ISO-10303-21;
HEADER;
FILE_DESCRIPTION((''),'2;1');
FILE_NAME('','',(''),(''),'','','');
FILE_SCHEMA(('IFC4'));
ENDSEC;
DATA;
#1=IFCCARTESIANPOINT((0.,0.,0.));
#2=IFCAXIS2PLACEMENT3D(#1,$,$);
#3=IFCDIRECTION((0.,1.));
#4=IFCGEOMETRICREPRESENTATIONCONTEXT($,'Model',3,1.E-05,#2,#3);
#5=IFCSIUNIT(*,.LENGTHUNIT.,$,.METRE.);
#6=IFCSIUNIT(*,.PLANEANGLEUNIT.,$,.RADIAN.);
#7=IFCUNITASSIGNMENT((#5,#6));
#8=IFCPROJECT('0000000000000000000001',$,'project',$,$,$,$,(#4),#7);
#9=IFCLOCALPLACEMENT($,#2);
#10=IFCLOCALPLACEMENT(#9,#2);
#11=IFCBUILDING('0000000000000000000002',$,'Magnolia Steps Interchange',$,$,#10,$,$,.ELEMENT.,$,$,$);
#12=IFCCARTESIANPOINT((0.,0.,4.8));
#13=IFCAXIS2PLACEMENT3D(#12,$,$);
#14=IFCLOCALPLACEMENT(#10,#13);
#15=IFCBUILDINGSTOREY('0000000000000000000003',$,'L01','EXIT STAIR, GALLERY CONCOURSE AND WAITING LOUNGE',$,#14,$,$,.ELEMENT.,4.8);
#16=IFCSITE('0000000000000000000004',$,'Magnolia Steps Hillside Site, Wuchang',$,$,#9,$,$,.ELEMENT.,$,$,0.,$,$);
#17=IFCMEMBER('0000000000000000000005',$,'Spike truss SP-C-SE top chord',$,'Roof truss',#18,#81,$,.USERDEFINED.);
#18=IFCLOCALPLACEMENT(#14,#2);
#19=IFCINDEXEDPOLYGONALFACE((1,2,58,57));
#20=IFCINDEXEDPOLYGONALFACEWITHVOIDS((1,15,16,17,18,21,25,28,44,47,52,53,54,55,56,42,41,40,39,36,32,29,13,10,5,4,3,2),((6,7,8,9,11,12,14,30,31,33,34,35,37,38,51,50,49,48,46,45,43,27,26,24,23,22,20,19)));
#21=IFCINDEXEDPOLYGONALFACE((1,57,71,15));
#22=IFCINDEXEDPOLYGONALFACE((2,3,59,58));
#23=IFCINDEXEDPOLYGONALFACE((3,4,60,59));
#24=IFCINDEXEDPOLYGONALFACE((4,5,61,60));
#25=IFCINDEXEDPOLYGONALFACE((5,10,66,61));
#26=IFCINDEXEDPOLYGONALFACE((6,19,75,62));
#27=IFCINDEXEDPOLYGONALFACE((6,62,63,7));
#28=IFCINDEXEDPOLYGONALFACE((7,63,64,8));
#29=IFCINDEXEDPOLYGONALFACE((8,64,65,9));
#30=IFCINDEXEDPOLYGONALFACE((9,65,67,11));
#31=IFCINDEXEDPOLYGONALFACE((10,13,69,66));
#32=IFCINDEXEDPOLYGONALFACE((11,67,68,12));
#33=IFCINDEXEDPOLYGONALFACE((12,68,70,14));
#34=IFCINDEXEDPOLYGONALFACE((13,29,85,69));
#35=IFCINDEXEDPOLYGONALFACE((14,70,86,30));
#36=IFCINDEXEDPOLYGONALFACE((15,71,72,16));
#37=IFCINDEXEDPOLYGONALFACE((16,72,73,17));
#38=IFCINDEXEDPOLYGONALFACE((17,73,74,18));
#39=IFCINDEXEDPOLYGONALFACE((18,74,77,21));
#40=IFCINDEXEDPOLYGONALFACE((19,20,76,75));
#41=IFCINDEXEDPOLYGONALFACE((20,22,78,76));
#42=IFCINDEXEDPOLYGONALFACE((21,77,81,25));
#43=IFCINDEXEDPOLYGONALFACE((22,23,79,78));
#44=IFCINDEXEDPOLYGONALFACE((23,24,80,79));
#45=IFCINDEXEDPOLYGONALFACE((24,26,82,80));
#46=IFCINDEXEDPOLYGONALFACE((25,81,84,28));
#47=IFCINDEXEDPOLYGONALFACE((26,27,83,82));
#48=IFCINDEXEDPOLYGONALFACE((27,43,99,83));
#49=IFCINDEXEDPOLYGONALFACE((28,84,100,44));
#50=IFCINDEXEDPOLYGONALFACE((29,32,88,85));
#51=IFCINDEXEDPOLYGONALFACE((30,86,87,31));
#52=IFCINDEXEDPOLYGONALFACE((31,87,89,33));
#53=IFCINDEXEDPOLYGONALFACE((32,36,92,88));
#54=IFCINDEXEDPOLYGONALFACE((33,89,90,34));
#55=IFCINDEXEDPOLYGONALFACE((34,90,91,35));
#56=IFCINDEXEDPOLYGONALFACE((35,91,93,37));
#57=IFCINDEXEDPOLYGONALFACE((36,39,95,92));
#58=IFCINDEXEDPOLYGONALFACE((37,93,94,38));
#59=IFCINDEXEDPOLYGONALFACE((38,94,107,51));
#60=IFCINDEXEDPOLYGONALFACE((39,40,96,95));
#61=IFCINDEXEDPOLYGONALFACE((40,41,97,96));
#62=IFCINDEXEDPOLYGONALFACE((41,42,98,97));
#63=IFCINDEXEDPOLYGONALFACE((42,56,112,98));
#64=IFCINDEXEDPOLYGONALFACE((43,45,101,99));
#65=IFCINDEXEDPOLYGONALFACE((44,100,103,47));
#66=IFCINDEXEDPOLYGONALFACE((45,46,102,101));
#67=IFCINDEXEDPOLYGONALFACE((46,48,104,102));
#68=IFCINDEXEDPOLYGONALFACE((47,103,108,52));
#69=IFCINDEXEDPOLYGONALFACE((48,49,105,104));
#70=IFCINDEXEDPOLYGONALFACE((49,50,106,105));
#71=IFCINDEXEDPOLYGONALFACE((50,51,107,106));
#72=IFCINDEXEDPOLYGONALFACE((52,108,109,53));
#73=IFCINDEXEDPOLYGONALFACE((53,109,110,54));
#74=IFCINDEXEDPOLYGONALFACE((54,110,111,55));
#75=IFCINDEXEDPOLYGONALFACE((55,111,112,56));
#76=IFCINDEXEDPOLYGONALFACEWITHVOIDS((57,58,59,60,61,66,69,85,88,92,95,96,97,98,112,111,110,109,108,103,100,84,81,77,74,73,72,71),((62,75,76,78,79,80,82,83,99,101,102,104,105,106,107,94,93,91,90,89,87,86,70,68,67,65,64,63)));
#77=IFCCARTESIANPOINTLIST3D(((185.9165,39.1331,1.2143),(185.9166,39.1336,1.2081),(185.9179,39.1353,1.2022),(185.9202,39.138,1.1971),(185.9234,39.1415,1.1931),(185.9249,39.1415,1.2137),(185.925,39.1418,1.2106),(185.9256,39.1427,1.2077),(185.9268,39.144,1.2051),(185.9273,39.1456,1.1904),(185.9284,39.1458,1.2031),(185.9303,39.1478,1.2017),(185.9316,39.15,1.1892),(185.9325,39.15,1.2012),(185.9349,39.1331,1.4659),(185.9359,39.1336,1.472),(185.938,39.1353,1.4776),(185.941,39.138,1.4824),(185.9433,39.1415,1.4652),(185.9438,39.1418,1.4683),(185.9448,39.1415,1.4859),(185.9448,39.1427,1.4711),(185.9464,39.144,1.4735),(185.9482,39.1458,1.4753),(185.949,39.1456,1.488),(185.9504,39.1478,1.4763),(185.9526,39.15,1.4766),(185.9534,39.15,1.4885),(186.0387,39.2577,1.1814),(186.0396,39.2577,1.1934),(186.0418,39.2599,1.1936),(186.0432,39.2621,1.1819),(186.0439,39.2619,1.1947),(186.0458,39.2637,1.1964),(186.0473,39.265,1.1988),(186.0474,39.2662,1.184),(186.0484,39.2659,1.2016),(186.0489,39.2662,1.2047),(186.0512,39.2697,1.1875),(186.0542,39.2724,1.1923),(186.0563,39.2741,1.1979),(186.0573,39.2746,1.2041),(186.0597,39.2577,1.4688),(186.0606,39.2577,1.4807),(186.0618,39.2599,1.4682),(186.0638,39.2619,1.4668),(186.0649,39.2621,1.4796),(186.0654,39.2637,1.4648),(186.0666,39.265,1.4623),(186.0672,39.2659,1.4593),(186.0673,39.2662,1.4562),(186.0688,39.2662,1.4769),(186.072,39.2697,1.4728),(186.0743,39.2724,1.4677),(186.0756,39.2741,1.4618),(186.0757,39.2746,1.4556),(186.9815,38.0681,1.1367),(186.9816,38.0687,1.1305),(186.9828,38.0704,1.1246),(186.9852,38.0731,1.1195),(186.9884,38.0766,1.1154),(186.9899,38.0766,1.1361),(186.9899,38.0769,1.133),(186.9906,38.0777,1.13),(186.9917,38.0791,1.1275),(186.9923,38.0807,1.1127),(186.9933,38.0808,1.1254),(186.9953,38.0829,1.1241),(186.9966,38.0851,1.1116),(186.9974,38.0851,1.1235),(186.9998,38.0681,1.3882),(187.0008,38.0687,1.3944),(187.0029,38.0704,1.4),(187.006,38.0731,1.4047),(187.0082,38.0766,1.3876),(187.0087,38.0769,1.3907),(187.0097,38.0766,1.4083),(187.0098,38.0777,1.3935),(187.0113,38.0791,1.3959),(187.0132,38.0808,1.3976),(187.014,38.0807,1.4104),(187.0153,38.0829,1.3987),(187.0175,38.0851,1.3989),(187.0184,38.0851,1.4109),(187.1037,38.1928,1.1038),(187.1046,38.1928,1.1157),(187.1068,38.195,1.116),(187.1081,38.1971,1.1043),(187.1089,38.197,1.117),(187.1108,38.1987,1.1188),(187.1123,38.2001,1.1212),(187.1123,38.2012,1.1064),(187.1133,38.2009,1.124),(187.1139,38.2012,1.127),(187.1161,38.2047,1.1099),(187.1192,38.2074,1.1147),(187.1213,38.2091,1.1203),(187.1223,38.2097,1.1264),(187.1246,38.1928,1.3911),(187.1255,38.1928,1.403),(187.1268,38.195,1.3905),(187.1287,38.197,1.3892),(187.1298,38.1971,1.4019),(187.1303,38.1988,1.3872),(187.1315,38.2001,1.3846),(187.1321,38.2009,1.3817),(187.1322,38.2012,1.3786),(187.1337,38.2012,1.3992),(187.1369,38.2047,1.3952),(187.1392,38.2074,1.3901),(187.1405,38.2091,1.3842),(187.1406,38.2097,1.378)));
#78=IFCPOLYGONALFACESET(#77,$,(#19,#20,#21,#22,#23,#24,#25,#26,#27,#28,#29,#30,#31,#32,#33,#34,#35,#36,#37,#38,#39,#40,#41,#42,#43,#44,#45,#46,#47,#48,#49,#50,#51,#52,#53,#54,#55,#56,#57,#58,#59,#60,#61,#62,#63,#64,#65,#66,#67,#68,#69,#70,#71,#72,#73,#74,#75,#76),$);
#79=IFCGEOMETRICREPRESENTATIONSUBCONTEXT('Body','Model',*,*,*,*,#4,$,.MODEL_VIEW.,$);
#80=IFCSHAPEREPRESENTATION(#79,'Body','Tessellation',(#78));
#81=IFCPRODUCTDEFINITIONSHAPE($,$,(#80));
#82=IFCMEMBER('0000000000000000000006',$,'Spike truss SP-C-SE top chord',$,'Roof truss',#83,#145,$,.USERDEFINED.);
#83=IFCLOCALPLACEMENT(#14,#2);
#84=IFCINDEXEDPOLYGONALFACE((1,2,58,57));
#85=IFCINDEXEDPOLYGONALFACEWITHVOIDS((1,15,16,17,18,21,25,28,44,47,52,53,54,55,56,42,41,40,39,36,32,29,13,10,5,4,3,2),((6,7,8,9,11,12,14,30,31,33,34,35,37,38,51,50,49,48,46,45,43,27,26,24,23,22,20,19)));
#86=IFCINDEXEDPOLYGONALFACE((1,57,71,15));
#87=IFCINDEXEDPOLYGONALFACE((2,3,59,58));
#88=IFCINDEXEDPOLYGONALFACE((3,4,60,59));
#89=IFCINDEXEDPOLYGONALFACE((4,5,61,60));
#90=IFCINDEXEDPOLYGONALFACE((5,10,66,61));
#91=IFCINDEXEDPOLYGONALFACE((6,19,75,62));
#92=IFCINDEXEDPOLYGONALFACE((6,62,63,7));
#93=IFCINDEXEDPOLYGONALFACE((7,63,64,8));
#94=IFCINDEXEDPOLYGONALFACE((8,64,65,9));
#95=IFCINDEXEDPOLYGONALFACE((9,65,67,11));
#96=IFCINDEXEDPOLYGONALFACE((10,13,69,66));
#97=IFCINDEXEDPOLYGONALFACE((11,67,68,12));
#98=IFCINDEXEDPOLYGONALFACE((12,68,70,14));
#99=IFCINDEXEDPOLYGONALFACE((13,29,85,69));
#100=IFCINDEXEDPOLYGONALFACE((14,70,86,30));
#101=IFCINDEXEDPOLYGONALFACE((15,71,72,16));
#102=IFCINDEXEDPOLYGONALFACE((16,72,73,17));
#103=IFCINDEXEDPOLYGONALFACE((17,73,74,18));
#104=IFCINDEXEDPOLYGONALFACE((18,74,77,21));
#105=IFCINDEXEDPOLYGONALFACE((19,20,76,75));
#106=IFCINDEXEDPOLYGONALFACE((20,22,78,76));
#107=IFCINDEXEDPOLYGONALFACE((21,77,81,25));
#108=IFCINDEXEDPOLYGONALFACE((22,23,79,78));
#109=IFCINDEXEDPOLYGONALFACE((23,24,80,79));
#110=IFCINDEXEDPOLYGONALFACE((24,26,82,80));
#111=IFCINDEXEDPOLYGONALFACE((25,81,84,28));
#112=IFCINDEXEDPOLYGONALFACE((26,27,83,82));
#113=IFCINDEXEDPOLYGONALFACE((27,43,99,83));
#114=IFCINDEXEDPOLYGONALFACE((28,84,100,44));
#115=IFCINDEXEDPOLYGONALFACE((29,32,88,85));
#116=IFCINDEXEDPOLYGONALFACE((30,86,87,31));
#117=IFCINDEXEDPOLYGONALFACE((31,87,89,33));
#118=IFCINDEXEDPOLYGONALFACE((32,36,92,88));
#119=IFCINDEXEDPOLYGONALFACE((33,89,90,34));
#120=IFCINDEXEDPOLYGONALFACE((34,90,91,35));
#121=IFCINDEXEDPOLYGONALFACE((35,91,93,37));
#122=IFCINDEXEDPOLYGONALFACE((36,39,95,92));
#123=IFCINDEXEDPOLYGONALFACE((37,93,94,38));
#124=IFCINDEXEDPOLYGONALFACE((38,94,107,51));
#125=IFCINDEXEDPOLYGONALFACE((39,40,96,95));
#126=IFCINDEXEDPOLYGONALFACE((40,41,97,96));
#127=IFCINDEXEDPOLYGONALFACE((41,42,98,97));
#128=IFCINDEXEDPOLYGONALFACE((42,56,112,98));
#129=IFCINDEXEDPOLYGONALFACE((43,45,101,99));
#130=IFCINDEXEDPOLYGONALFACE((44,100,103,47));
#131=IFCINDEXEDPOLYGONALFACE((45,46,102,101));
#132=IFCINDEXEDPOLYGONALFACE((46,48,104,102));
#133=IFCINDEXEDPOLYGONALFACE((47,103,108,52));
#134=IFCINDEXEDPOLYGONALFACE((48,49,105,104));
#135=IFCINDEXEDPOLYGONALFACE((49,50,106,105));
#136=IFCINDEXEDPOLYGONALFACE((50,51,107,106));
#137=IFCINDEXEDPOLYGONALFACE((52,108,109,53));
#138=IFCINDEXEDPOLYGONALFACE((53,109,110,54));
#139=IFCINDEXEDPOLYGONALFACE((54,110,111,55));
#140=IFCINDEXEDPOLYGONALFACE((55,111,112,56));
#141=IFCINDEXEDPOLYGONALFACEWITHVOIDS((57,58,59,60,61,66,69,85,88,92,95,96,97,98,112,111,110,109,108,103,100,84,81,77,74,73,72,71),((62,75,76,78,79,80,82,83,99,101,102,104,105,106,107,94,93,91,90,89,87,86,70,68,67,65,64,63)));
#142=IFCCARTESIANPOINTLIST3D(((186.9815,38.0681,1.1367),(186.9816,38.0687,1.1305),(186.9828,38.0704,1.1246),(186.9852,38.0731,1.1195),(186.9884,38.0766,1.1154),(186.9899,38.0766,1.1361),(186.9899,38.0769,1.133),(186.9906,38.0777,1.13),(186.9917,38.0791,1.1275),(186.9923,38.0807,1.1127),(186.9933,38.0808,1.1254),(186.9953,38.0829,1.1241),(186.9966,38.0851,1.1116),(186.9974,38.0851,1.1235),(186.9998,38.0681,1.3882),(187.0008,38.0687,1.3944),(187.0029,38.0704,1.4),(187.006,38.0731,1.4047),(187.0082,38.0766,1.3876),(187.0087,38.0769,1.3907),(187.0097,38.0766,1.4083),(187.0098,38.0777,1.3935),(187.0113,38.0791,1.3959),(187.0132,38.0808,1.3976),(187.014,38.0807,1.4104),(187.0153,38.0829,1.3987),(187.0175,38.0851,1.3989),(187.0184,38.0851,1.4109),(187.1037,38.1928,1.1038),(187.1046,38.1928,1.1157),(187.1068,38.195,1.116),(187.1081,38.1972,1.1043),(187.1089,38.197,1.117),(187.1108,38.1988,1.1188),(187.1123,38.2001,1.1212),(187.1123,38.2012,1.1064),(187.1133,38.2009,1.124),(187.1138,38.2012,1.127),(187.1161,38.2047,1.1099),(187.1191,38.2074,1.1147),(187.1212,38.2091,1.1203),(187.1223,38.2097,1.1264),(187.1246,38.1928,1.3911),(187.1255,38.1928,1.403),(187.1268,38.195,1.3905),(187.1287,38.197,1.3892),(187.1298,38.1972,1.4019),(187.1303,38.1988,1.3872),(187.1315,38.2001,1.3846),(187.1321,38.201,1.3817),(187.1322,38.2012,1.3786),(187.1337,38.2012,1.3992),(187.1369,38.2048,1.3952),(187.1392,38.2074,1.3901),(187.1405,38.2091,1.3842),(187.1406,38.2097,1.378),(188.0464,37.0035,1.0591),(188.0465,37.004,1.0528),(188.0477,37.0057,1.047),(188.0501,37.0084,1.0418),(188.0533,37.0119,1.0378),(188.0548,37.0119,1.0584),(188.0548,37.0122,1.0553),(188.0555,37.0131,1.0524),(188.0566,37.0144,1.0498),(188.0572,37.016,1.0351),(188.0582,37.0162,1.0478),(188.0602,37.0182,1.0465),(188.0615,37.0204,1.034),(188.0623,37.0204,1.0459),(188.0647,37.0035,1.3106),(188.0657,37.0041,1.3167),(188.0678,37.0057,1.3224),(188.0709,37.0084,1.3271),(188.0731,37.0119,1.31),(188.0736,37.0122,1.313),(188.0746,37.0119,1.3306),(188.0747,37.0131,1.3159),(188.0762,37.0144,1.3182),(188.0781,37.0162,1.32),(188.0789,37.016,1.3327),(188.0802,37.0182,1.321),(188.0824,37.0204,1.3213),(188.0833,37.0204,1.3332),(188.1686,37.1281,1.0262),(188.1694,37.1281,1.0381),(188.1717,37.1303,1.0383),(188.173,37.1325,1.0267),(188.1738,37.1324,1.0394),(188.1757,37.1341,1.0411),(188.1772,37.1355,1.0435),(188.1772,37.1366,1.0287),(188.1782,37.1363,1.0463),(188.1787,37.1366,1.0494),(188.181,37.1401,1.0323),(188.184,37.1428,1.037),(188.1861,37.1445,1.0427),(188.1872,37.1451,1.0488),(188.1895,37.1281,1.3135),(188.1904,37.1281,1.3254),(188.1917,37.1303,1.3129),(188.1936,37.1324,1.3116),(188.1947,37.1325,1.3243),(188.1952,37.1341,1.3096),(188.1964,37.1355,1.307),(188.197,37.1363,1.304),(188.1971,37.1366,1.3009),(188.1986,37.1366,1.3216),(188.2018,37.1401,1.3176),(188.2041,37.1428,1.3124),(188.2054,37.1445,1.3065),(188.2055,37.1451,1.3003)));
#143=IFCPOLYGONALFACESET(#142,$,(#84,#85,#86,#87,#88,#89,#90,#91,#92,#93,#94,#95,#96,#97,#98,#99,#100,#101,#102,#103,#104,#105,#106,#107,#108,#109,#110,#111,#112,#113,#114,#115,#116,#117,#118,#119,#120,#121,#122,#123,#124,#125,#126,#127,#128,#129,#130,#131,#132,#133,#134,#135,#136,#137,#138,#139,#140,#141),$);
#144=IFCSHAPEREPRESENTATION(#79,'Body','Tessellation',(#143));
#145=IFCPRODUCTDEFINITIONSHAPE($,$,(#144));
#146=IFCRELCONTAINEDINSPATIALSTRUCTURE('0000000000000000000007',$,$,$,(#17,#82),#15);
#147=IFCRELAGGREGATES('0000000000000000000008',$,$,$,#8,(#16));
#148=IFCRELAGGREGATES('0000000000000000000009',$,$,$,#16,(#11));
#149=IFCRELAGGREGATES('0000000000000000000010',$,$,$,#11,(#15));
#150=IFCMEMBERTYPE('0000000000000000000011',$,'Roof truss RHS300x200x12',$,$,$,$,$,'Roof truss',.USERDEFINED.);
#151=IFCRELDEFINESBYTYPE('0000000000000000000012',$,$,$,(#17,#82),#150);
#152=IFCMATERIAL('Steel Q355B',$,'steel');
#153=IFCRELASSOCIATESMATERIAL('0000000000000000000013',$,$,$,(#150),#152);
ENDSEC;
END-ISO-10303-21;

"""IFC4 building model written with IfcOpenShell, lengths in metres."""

from ifc_helpers import new_model, si_unit, direction, frame, origin, origin_2d, place, context, subcontext, project, spatial, hollow_rectangle, extrude, material, material_profile, profile_set, type_object, element, save


model = new_model("IFC4")

# Units and contexts
model_context = context("Model", 3, precision=1e-05, world=origin(), true_north=direction((0.0, 1.0)))
body_context = subcontext(model_context, "Body", "Model", "MODEL_VIEW")
ifc_project = project(units=[si_unit("LENGTHUNIT", "METRE"), si_unit("PLANEANGLEUNIT", "RADIAN")], contexts=[model_context])

# Site, building, storey
site_placement = place(None, origin())
site = spatial("IfcSite", under=ifc_project, at=site_placement, Name="Magnolia Steps Hillside Site, Wuchang", CompositionType="ELEMENT", RefElevation=0.0)
building_placement = place(site_placement, origin())
building = spatial("IfcBuilding", under=site, at=building_placement, Name="Magnolia Steps Interchange", CompositionType="ELEMENT")
storey_placement = place(building_placement, frame((0.0, 0.0, 4.8)))
storey = spatial("IfcBuildingStorey", under=building, at=storey_placement, Name="L01", Description="EXIT STAIR, GALLERY CONCOURSE AND WAITING LOUNGE", CompositionType="ELEMENT", Elevation=4.8)

# Members
ifc_material_1 = material(Name="Steel Q355B", Category="steel")
ifc_material_profile_1 = material_profile(ifc_material_1, hollow_rectangle(XDim=0.2, YDim=0.3, WallThickness=0.012, InnerFilletRadius=0.012, OuterFilletRadius=0.0239, at=origin_2d()), Name="RHS300x200x12")
ifc_profile_set_1 = profile_set([ifc_material_profile_1], Name="Steel Q355B")
member_type_1 = type_object("IfcMemberType", Name="Roof truss RHS300x200x12", ElementType="Roof truss", PredefinedType="USERDEFINED", material=ifc_profile_set_1)
member_1_placement = place(storey_placement, frame((185.9961, 39.2039, 1.335), z_axis=(0.706169, -0.706169, -0.051481), x_axis=(0.704299, 0.708043, -0.051355)))
element("IfcMember", 1, at=member_1_placement, inside=storey, type_object=member_type_1, Name="Spike truss SP-C-SE top chord", ObjectType="Roof truss", PredefinedType="USERDEFINED", context=body_context, shape_type="SweptSolid", body=[
    extrude(hollow_rectangle(XDim=0.2, YDim=0.3, WallThickness=0.012, InnerFilletRadius=0.012, OuterFilletRadius=0.0239, at=origin_2d()), origin(), (0.0, 0.0, 1.0), 1.5081),
])
member_2_placement = place(storey_placement, frame((187.061, 38.1389, 1.2573), z_axis=(0.70625, -0.706088, -0.051487), x_axis=(0.704218, 0.708124, -0.051355)))
element("IfcMember", 2, at=member_2_placement, inside=storey, type_object=member_type_1, Name="Spike truss SP-C-SE top chord", ObjectType="Roof truss", PredefinedType="USERDEFINED", context=body_context, shape_type="SweptSolid", body=[
    extrude(hollow_rectangle(XDim=0.2, YDim=0.3, WallThickness=0.012, InnerFilletRadius=0.012, OuterFilletRadius=0.0239, at=origin_2d()), origin(), (0.0, 0.0, 1.0), 1.5078),
])

save(model, "model.ifc")
